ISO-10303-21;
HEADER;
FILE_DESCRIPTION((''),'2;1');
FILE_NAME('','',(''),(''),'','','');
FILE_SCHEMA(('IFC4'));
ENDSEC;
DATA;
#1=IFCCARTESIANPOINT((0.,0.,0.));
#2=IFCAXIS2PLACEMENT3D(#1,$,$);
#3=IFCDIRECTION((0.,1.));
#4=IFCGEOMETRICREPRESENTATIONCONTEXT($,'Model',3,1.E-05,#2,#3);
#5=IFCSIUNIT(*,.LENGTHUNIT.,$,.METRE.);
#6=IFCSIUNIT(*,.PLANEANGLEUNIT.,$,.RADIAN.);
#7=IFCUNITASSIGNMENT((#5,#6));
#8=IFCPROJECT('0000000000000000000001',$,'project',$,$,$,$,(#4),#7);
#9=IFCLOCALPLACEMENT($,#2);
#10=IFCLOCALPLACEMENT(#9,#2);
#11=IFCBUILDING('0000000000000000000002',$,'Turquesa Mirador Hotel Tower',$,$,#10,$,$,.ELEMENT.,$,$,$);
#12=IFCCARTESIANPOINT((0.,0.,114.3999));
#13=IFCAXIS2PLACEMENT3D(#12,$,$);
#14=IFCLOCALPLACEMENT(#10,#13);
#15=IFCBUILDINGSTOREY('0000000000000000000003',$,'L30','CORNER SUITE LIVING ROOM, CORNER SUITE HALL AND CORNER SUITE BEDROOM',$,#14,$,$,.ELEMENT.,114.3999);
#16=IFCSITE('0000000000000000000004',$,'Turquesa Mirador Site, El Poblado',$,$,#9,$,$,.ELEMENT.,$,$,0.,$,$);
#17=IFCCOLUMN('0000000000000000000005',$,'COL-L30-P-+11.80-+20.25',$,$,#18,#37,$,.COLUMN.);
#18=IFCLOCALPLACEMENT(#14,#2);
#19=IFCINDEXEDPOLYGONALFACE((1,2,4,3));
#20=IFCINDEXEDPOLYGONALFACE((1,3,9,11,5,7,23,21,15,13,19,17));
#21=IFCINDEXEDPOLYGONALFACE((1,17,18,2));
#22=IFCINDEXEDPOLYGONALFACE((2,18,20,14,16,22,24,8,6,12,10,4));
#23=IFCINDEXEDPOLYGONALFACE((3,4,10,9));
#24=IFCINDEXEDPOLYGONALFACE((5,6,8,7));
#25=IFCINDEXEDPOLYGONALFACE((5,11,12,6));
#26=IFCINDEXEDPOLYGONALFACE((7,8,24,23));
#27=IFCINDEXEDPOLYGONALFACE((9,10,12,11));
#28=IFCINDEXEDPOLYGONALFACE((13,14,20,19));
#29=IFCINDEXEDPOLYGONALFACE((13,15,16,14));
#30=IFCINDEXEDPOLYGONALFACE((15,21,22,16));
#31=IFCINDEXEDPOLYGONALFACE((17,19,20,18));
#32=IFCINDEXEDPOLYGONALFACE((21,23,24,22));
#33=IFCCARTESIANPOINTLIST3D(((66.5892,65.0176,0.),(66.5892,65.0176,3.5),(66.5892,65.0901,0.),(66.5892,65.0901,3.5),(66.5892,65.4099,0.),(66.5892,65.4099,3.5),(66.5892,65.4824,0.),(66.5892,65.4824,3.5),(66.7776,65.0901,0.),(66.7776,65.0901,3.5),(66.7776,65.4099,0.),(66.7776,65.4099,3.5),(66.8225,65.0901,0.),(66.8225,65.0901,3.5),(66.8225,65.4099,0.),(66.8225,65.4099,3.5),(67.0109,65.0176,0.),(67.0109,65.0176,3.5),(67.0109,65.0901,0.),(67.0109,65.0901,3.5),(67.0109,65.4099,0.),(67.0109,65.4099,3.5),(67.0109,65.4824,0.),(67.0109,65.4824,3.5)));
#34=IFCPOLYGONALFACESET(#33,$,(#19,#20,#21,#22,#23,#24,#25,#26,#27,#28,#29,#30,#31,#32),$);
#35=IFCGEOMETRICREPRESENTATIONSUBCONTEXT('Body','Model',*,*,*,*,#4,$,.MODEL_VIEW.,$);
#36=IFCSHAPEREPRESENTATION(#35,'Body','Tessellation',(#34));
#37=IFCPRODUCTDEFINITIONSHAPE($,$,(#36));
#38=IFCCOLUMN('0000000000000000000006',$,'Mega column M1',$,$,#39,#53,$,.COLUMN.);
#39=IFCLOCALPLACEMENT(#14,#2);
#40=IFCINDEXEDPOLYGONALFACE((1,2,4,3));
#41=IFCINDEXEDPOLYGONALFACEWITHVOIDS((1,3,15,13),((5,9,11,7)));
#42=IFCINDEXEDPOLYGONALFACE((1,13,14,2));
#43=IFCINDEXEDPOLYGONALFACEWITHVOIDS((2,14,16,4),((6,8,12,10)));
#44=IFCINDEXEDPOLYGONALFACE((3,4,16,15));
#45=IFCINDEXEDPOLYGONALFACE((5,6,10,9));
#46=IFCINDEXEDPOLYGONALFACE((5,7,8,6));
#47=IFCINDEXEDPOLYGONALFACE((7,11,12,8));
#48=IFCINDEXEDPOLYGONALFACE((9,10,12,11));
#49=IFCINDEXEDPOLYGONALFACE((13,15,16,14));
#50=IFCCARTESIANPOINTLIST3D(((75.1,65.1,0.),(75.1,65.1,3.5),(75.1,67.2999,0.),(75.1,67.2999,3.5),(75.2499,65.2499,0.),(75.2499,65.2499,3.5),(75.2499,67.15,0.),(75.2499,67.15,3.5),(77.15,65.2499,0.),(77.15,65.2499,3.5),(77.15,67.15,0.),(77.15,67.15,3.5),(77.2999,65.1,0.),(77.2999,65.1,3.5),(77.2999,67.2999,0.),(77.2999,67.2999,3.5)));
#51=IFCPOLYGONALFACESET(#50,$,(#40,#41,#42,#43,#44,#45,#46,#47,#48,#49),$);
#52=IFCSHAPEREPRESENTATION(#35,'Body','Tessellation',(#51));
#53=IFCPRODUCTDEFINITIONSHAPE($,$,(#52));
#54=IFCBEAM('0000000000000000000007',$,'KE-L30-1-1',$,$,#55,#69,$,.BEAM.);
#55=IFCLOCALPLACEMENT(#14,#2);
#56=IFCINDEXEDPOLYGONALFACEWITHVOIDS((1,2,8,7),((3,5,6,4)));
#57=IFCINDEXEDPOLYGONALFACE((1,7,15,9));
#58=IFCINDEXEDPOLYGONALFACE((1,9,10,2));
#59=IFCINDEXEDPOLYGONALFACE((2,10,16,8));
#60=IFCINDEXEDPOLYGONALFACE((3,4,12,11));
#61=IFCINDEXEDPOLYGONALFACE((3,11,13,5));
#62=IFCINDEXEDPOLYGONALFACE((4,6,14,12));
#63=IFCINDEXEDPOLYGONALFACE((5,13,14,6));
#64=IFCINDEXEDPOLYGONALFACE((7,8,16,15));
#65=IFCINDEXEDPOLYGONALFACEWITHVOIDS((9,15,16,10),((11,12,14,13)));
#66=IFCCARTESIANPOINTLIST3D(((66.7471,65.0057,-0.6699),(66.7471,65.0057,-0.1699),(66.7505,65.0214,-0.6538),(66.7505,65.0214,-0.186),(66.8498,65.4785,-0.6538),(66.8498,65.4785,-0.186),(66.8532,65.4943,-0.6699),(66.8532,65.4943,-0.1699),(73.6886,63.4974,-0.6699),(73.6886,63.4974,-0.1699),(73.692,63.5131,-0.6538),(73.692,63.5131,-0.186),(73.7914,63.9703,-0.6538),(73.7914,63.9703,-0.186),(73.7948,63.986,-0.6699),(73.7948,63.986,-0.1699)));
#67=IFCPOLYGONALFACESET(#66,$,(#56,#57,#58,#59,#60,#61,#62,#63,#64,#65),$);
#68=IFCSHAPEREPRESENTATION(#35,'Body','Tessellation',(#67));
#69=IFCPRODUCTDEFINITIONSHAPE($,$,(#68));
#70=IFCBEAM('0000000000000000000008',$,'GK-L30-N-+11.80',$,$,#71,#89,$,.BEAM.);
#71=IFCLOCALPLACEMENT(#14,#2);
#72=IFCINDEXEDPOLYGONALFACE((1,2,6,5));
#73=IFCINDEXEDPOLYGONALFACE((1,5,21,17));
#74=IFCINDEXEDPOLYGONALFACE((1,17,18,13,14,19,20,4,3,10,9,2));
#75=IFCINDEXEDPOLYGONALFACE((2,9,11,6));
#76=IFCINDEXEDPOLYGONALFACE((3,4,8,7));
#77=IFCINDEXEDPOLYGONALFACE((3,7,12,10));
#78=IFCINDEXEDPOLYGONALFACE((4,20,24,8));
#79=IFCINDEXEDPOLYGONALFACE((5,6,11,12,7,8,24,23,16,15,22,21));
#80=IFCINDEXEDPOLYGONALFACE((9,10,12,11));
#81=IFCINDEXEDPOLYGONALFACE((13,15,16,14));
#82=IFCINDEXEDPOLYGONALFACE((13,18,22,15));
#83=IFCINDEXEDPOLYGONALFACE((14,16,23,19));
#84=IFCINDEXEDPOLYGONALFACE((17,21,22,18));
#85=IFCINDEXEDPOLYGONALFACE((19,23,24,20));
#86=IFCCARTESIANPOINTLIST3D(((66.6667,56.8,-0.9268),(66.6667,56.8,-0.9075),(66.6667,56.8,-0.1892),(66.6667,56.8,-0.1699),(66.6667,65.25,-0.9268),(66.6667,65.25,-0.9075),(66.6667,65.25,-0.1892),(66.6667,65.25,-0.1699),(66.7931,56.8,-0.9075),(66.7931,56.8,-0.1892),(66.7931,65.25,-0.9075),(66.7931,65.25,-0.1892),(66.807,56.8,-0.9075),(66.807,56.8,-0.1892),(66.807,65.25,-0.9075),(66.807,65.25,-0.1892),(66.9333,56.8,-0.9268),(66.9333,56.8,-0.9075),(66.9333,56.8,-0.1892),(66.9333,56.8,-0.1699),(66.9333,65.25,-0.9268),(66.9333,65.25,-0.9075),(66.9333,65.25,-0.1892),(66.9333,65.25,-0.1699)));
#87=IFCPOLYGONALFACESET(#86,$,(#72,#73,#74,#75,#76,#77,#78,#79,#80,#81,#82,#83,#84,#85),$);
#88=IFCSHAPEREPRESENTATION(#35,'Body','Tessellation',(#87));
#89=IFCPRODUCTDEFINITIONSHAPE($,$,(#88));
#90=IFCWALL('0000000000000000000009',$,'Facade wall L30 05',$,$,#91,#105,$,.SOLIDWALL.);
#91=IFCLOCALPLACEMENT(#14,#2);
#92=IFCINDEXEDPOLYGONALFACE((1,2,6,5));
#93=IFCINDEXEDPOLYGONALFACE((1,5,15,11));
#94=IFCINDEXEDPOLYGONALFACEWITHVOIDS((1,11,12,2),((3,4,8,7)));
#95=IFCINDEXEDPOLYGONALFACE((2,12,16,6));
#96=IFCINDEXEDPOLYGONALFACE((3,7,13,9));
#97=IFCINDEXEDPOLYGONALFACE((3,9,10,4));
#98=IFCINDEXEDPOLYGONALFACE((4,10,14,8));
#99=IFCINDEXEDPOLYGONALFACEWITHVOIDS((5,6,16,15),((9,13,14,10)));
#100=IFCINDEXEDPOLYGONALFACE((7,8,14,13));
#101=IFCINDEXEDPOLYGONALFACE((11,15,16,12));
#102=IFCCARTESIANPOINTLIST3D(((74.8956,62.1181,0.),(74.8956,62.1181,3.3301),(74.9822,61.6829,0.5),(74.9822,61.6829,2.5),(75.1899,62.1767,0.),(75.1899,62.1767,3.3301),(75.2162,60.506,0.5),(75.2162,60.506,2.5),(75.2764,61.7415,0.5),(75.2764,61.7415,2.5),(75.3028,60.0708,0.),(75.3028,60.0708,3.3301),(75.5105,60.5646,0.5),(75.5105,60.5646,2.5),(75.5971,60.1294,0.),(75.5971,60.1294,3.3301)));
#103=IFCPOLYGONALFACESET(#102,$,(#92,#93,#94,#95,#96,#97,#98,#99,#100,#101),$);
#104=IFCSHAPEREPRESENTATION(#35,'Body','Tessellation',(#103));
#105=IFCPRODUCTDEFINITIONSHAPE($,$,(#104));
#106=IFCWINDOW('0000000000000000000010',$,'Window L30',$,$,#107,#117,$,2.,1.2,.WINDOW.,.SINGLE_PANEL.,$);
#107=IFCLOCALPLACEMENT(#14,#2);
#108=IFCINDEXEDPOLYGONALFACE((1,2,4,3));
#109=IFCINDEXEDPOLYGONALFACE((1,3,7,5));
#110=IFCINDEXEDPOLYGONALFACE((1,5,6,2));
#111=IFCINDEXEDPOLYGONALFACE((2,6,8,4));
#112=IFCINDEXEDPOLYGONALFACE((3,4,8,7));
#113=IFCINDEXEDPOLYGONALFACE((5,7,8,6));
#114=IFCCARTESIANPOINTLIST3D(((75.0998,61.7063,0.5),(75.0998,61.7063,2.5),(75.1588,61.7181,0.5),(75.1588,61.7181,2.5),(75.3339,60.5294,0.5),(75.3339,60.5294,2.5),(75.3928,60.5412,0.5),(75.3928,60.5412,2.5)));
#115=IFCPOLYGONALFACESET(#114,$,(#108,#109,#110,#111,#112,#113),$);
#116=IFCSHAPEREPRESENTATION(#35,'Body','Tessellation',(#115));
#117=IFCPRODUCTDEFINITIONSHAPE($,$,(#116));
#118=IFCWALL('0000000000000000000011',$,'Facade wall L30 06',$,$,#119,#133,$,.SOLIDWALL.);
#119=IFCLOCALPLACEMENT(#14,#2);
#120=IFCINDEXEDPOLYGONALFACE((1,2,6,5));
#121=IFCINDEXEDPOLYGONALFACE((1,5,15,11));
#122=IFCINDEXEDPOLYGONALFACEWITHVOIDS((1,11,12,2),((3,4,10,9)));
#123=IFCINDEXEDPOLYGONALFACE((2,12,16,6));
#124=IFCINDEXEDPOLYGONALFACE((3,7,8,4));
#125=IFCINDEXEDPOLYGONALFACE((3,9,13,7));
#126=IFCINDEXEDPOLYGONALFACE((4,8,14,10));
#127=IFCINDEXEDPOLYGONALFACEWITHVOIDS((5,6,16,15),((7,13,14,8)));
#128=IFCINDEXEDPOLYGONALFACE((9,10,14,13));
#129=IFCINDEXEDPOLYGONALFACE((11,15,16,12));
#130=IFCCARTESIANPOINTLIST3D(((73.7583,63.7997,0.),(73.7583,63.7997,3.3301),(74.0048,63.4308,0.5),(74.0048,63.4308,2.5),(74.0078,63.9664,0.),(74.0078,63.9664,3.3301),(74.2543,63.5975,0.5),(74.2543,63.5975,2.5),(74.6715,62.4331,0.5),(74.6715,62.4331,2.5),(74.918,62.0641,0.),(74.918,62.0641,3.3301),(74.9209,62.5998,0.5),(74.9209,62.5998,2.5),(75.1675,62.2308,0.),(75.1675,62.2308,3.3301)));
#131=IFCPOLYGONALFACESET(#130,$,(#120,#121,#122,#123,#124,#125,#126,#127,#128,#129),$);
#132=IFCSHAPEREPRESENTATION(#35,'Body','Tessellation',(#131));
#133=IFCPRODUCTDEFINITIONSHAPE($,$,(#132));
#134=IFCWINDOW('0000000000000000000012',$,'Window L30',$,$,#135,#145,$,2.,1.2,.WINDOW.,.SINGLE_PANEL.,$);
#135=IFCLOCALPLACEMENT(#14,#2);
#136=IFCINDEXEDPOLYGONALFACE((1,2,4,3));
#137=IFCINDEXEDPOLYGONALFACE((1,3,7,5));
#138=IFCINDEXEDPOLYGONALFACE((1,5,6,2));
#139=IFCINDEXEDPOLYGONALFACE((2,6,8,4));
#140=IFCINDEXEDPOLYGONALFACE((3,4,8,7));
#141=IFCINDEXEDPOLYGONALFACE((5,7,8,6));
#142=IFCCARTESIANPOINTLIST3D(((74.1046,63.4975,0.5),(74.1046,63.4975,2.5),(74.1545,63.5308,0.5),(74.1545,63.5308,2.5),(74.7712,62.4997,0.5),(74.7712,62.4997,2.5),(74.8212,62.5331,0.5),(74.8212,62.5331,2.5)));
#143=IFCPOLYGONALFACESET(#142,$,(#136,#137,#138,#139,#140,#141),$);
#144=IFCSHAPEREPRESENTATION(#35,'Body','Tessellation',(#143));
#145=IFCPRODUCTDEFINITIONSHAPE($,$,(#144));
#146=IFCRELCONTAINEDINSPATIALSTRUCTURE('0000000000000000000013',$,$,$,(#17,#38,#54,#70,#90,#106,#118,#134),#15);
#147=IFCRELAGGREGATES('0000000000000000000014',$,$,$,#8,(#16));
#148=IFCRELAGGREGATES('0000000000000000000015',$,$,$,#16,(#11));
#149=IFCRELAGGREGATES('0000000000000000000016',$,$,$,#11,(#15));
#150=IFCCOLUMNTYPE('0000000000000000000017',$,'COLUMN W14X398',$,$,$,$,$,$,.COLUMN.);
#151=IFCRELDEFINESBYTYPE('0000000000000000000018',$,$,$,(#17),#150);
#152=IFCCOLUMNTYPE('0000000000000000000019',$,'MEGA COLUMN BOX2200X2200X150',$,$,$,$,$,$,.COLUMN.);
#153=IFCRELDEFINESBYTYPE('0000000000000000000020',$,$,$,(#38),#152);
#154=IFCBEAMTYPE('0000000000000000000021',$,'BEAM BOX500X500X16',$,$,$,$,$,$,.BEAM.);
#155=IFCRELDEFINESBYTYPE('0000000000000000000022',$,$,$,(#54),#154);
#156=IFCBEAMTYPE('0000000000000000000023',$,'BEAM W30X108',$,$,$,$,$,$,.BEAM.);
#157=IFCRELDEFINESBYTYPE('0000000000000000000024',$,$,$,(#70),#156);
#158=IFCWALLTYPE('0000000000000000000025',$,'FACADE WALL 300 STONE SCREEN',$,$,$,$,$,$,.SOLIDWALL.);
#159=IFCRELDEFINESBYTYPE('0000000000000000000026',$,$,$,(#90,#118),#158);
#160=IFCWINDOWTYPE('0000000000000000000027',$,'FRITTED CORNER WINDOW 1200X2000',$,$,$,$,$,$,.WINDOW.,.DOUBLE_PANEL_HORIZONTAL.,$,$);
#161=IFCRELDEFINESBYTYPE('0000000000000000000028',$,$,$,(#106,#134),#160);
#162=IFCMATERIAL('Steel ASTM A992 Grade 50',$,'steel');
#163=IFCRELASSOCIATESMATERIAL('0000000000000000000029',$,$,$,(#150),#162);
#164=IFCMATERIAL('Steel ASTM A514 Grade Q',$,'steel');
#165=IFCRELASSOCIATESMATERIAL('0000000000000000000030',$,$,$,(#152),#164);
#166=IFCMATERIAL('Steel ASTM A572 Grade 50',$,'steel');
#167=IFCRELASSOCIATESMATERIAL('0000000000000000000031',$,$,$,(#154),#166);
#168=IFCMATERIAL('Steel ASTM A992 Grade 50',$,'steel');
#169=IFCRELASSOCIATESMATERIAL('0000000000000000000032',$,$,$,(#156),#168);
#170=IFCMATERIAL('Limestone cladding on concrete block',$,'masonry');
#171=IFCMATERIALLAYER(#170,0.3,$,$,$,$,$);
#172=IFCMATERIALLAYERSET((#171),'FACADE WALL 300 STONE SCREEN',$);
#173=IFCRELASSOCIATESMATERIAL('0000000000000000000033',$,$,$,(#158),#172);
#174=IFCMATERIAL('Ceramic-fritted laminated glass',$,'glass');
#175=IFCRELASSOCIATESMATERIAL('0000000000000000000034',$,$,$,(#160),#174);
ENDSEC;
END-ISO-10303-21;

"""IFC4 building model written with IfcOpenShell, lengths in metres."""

from ifc_helpers import new_model, si_unit, direction, frame, frame_2d, origin, origin_2d, place, context, subcontext, project, spatial, rectangle, hollow_rectangle, i_section, extrude, material, layer, layer_set, material_profile, profile_set, type_object, element, fill, save


model = new_model("IFC4")

# Units and contexts
model_context = context("Model", 3, precision=1e-05, world=origin(), true_north=direction((0.0, 1.0)))
body_context = subcontext(model_context, "Body", "Model", "MODEL_VIEW")
ifc_project = project(units=[si_unit("LENGTHUNIT", "METRE"), si_unit("PLANEANGLEUNIT", "RADIAN")], contexts=[model_context])

# Site, building, storey
site_placement = place(None, origin())
site = spatial("IfcSite", under=ifc_project, at=site_placement, Name="Turquesa Mirador Site, El Poblado", CompositionType="ELEMENT", RefElevation=0.0)
building_placement = place(site_placement, origin())
building = spatial("IfcBuilding", under=site, at=building_placement, Name="Turquesa Mirador Hotel Tower", CompositionType="ELEMENT")
storey_placement = place(building_placement, frame((0.0, 0.0, 114.3999)))
storey = spatial("IfcBuildingStorey", under=building, at=storey_placement, Name="L30", Description="CORNER SUITE LIVING ROOM, CORNER SUITE HALL AND CORNER SUITE BEDROOM", CompositionType="ELEMENT", Elevation=114.3999)

# Columns
ifc_material_1 = material(Name="Steel ASTM A992 Grade 50", Category="steel")
ifc_material_profile_1 = material_profile(ifc_material_1, i_section(OverallWidth=0.4216, OverallDepth=0.4648, WebThickness=0.0449, FlangeThickness=0.0725, at=origin_2d()), Name="W14X398")
ifc_profile_set_1 = profile_set([ifc_material_profile_1], Name="Steel ASTM A992 Grade 50")
column_type_1 = type_object("IfcColumnType", Name="COLUMN W14X398", PredefinedType="COLUMN", material=ifc_profile_set_1)
column_1_placement = place(storey_placement, frame((66.8, 65.25, 0.0), z_axis=(0.0, 0.0, 1.0), x_axis=(1.0, 0.0, 0.0)))
element("IfcColumn", 1, at=column_1_placement, inside=storey, type_object=column_type_1, Name="COL-L30-P-+11.80-+20.25", PredefinedType="COLUMN", context=body_context, shape_type="SweptSolid", body=[
    extrude(i_section(OverallWidth=0.4216, OverallDepth=0.4648, WebThickness=0.0449, FlangeThickness=0.0725, at=origin_2d()), origin(), (0.0, 0.0, 1.0), 3.5),
])
ifc_material_2 = material(Name="Steel ASTM A514 Grade Q", Category="steel")
ifc_material_profile_2 = material_profile(ifc_material_2, hollow_rectangle(XDim=2.2, YDim=2.2, WallThickness=0.1499, at=origin_2d()), Name="BOX2200X2200X150")
ifc_profile_set_2 = profile_set([ifc_material_profile_2], Name="Steel ASTM A514 Grade Q")
column_type_2 = type_object("IfcColumnType", Name="MEGA COLUMN BOX2200X2200X150", PredefinedType="COLUMN", material=ifc_profile_set_2)
column_2_placement = place(storey_placement, frame((76.2, 66.2, 0.0), z_axis=(0.0, 0.0, 1.0), x_axis=(1.0, 0.0, 0.0)))
element("IfcColumn", 2, at=column_2_placement, inside=storey, type_object=column_type_2, Name="Mega column M1", PredefinedType="COLUMN", context=body_context, shape_type="SweptSolid", body=[
    extrude(hollow_rectangle(XDim=2.2, YDim=2.2, WallThickness=0.1499, at=origin_2d()), origin(), (0.0, 0.0, 1.0), 3.5),
])

# Beams
ifc_material_3 = material(Name="Steel ASTM A572 Grade 50", Category="steel")
ifc_material_profile_3 = material_profile(ifc_material_3, hollow_rectangle(XDim=0.5, YDim=0.5, WallThickness=0.0161, at=origin_2d()), Name="BOX500X500X16")
ifc_profile_set_3 = profile_set([ifc_material_profile_3], Name="Steel ASTM A572 Grade 50")
beam_type_1 = type_object("IfcBeamType", Name="BEAM BOX500X500X16", PredefinedType="BEAM", material=ifc_profile_set_3)
beam_1_placement = place(storey_placement, frame((73.7417, 63.7417, -0.4199), z_axis=(-0.977198, 0.212328, 0.0), x_axis=(-0.212328, -0.977198, 0.0)))
element("IfcBeam", 3, at=beam_1_placement, inside=storey, type_object=beam_type_1, Name="KE-L30-1-1", PredefinedType="BEAM", context=body_context, shape_type="SweptSolid", body=[
    extrude(hollow_rectangle(XDim=0.5, YDim=0.5, WallThickness=0.0161, at=origin_2d()), origin(), (0.0, 0.0, 1.0), 7.1035),
])
ifc_material_4 = material(Name="Steel ASTM A992 Grade 50", Category="steel")
ifc_material_profile_4 = material_profile(ifc_material_4, i_section(OverallWidth=0.2666, OverallDepth=0.7568, WebThickness=0.0139, FlangeThickness=0.0193, at=origin_2d()), Name="W30X108")
ifc_profile_set_4 = profile_set([ifc_material_profile_4], Name="Steel ASTM A992 Grade 50")
beam_type_2 = type_object("IfcBeamType", Name="BEAM W30X108", PredefinedType="BEAM", material=ifc_profile_set_4)
beam_2_placement = place(storey_placement, frame((66.8, 65.25, -0.5483), z_axis=(0.0, -1.0, 0.0), x_axis=(1.0, 0.0, 0.0)))
element("IfcBeam", 4, at=beam_2_placement, inside=storey, type_object=beam_type_2, Name="GK-L30-N-+11.80", PredefinedType="BEAM", context=body_context, shape_type="SweptSolid", body=[
    extrude(i_section(OverallWidth=0.2666, OverallDepth=0.7568, WebThickness=0.0139, FlangeThickness=0.0193, at=origin_2d()), origin(), (0.0, 0.0, 1.0), 8.45),
])

# Walls, openings, windows
ifc_material_5 = material(Name="Limestone cladding on concrete block", Category="masonry")
ifc_layer = layer(ifc_material_5, 0.3)
ifc_layer_set = layer_set([ifc_layer], Name="FACADE WALL 300 STONE SCREEN")
wall_type = type_object("IfcWallType", Name="FACADE WALL 300 STONE SCREEN", PredefinedType="SOLIDWALL", material=ifc_layer_set)
wall_1_placement = place(storey_placement, frame((75.45, 60.1001, 0.0), z_axis=(0.0, 0.0, 1.0), x_axis=(-0.195081, 0.980787, 0.0)))
wall_1 = element("IfcWall", 5, at=wall_1_placement, inside=storey, type_object=wall_type, Name="Facade wall L30 05", PredefinedType="SOLIDWALL", context=body_context, shape_type="SweptSolid", body=[
    extrude(rectangle(XDim=2.0874, YDim=0.3, at=frame_2d((1.0437, 0.0))), origin(), (0.0, 0.0, 1.0), 3.3301),
])
opening_1_placement = place(wall_1_placement, frame((0.4436, 0.0, 0.5)))
opening_1 = element("IfcOpeningElement", 6, at=opening_1_placement, cuts=wall_1, PredefinedType="OPENING", context=body_context, shape_type="SweptSolid", body=[
    extrude(rectangle(XDim=1.2, YDim=2.0, at=frame_2d((0.6001, 1.0))), frame((0.0, 0.1599, 0.0), z_axis=(0.0, -1.0, 0.0), x_axis=(1.0, 0.0, 0.0)), (0.0, 0.0, 1.0), 0.3201),
])
ifc_material_6 = material(Name="Ceramic-fritted laminated glass", Category="glass")
window_type_1 = type_object("IfcWindowType", Name="FRITTED CORNER WINDOW 1200X2000", PartitioningType="DOUBLE_PANEL_HORIZONTAL", PredefinedType="WINDOW", material=ifc_material_6)
window_1_placement = place(opening_1_placement, origin())
window_1 = element("IfcWindow", 7, at=window_1_placement, inside=storey, type_object=window_type_1, Name="Window L30", OverallHeight=2.0, OverallWidth=1.2, PartitioningType="SINGLE_PANEL", PredefinedType="WINDOW", context=body_context, shape_type="SweptSolid", body=[
    extrude(rectangle(XDim=1.2, YDim=2.0, at=frame_2d((0.6001, 1.0))), frame((0.0, 0.03, 0.0), z_axis=(0.0, -1.0, 0.0), x_axis=(1.0, 0.0, 0.0)), (0.0, 0.0, 1.0), 0.0601),
])
fill(opening_1, window_1)
wall_2_placement = place(storey_placement, frame((75.0427, 62.1475, 0.0), z_axis=(0.0, 0.0, 1.0), x_axis=(-0.555564, 0.831474, 0.0)))
wall_2 = element("IfcWall", 8, at=wall_2_placement, inside=storey, type_object=wall_type, Name="Facade wall L30 06", PredefinedType="SOLIDWALL", context=body_context, shape_type="SweptSolid", body=[
    extrude(rectangle(XDim=2.0874, YDim=0.3, at=frame_2d((1.0437, 0.0))), origin(), (0.0, 0.0, 1.0), 3.3301),
])
opening_2_placement = place(wall_2_placement, frame((0.4436, 0.0, 0.5)))
opening_2 = element("IfcOpeningElement", 9, at=opening_2_placement, cuts=wall_2, PredefinedType="OPENING", context=body_context, shape_type="SweptSolid", body=[
    extrude(rectangle(XDim=1.2, YDim=2.0, at=frame_2d((0.6001, 1.0))), frame((0.0, 0.1599, 0.0), z_axis=(0.0, -1.0, 0.0), x_axis=(1.0, 0.0, 0.0)), (0.0, 0.0, 1.0), 0.3201),
])
window_2_placement = place(opening_2_placement, origin())
window_2 = element("IfcWindow", 10, at=window_2_placement, inside=storey, type_object=window_type_1, Name="Window L30", OverallHeight=2.0, OverallWidth=1.2, PartitioningType="SINGLE_PANEL", PredefinedType="WINDOW", context=body_context, shape_type="SweptSolid", body=[
    extrude(rectangle(XDim=1.2, YDim=2.0, at=frame_2d((0.6001, 1.0))), frame((0.0, 0.03, 0.0), z_axis=(0.0, -1.0, 0.0), x_axis=(1.0, 0.0, 0.0)), (0.0, 0.0, 1.0), 0.0601),
])
fill(opening_2, window_2)

save(model, "model.ifc")
